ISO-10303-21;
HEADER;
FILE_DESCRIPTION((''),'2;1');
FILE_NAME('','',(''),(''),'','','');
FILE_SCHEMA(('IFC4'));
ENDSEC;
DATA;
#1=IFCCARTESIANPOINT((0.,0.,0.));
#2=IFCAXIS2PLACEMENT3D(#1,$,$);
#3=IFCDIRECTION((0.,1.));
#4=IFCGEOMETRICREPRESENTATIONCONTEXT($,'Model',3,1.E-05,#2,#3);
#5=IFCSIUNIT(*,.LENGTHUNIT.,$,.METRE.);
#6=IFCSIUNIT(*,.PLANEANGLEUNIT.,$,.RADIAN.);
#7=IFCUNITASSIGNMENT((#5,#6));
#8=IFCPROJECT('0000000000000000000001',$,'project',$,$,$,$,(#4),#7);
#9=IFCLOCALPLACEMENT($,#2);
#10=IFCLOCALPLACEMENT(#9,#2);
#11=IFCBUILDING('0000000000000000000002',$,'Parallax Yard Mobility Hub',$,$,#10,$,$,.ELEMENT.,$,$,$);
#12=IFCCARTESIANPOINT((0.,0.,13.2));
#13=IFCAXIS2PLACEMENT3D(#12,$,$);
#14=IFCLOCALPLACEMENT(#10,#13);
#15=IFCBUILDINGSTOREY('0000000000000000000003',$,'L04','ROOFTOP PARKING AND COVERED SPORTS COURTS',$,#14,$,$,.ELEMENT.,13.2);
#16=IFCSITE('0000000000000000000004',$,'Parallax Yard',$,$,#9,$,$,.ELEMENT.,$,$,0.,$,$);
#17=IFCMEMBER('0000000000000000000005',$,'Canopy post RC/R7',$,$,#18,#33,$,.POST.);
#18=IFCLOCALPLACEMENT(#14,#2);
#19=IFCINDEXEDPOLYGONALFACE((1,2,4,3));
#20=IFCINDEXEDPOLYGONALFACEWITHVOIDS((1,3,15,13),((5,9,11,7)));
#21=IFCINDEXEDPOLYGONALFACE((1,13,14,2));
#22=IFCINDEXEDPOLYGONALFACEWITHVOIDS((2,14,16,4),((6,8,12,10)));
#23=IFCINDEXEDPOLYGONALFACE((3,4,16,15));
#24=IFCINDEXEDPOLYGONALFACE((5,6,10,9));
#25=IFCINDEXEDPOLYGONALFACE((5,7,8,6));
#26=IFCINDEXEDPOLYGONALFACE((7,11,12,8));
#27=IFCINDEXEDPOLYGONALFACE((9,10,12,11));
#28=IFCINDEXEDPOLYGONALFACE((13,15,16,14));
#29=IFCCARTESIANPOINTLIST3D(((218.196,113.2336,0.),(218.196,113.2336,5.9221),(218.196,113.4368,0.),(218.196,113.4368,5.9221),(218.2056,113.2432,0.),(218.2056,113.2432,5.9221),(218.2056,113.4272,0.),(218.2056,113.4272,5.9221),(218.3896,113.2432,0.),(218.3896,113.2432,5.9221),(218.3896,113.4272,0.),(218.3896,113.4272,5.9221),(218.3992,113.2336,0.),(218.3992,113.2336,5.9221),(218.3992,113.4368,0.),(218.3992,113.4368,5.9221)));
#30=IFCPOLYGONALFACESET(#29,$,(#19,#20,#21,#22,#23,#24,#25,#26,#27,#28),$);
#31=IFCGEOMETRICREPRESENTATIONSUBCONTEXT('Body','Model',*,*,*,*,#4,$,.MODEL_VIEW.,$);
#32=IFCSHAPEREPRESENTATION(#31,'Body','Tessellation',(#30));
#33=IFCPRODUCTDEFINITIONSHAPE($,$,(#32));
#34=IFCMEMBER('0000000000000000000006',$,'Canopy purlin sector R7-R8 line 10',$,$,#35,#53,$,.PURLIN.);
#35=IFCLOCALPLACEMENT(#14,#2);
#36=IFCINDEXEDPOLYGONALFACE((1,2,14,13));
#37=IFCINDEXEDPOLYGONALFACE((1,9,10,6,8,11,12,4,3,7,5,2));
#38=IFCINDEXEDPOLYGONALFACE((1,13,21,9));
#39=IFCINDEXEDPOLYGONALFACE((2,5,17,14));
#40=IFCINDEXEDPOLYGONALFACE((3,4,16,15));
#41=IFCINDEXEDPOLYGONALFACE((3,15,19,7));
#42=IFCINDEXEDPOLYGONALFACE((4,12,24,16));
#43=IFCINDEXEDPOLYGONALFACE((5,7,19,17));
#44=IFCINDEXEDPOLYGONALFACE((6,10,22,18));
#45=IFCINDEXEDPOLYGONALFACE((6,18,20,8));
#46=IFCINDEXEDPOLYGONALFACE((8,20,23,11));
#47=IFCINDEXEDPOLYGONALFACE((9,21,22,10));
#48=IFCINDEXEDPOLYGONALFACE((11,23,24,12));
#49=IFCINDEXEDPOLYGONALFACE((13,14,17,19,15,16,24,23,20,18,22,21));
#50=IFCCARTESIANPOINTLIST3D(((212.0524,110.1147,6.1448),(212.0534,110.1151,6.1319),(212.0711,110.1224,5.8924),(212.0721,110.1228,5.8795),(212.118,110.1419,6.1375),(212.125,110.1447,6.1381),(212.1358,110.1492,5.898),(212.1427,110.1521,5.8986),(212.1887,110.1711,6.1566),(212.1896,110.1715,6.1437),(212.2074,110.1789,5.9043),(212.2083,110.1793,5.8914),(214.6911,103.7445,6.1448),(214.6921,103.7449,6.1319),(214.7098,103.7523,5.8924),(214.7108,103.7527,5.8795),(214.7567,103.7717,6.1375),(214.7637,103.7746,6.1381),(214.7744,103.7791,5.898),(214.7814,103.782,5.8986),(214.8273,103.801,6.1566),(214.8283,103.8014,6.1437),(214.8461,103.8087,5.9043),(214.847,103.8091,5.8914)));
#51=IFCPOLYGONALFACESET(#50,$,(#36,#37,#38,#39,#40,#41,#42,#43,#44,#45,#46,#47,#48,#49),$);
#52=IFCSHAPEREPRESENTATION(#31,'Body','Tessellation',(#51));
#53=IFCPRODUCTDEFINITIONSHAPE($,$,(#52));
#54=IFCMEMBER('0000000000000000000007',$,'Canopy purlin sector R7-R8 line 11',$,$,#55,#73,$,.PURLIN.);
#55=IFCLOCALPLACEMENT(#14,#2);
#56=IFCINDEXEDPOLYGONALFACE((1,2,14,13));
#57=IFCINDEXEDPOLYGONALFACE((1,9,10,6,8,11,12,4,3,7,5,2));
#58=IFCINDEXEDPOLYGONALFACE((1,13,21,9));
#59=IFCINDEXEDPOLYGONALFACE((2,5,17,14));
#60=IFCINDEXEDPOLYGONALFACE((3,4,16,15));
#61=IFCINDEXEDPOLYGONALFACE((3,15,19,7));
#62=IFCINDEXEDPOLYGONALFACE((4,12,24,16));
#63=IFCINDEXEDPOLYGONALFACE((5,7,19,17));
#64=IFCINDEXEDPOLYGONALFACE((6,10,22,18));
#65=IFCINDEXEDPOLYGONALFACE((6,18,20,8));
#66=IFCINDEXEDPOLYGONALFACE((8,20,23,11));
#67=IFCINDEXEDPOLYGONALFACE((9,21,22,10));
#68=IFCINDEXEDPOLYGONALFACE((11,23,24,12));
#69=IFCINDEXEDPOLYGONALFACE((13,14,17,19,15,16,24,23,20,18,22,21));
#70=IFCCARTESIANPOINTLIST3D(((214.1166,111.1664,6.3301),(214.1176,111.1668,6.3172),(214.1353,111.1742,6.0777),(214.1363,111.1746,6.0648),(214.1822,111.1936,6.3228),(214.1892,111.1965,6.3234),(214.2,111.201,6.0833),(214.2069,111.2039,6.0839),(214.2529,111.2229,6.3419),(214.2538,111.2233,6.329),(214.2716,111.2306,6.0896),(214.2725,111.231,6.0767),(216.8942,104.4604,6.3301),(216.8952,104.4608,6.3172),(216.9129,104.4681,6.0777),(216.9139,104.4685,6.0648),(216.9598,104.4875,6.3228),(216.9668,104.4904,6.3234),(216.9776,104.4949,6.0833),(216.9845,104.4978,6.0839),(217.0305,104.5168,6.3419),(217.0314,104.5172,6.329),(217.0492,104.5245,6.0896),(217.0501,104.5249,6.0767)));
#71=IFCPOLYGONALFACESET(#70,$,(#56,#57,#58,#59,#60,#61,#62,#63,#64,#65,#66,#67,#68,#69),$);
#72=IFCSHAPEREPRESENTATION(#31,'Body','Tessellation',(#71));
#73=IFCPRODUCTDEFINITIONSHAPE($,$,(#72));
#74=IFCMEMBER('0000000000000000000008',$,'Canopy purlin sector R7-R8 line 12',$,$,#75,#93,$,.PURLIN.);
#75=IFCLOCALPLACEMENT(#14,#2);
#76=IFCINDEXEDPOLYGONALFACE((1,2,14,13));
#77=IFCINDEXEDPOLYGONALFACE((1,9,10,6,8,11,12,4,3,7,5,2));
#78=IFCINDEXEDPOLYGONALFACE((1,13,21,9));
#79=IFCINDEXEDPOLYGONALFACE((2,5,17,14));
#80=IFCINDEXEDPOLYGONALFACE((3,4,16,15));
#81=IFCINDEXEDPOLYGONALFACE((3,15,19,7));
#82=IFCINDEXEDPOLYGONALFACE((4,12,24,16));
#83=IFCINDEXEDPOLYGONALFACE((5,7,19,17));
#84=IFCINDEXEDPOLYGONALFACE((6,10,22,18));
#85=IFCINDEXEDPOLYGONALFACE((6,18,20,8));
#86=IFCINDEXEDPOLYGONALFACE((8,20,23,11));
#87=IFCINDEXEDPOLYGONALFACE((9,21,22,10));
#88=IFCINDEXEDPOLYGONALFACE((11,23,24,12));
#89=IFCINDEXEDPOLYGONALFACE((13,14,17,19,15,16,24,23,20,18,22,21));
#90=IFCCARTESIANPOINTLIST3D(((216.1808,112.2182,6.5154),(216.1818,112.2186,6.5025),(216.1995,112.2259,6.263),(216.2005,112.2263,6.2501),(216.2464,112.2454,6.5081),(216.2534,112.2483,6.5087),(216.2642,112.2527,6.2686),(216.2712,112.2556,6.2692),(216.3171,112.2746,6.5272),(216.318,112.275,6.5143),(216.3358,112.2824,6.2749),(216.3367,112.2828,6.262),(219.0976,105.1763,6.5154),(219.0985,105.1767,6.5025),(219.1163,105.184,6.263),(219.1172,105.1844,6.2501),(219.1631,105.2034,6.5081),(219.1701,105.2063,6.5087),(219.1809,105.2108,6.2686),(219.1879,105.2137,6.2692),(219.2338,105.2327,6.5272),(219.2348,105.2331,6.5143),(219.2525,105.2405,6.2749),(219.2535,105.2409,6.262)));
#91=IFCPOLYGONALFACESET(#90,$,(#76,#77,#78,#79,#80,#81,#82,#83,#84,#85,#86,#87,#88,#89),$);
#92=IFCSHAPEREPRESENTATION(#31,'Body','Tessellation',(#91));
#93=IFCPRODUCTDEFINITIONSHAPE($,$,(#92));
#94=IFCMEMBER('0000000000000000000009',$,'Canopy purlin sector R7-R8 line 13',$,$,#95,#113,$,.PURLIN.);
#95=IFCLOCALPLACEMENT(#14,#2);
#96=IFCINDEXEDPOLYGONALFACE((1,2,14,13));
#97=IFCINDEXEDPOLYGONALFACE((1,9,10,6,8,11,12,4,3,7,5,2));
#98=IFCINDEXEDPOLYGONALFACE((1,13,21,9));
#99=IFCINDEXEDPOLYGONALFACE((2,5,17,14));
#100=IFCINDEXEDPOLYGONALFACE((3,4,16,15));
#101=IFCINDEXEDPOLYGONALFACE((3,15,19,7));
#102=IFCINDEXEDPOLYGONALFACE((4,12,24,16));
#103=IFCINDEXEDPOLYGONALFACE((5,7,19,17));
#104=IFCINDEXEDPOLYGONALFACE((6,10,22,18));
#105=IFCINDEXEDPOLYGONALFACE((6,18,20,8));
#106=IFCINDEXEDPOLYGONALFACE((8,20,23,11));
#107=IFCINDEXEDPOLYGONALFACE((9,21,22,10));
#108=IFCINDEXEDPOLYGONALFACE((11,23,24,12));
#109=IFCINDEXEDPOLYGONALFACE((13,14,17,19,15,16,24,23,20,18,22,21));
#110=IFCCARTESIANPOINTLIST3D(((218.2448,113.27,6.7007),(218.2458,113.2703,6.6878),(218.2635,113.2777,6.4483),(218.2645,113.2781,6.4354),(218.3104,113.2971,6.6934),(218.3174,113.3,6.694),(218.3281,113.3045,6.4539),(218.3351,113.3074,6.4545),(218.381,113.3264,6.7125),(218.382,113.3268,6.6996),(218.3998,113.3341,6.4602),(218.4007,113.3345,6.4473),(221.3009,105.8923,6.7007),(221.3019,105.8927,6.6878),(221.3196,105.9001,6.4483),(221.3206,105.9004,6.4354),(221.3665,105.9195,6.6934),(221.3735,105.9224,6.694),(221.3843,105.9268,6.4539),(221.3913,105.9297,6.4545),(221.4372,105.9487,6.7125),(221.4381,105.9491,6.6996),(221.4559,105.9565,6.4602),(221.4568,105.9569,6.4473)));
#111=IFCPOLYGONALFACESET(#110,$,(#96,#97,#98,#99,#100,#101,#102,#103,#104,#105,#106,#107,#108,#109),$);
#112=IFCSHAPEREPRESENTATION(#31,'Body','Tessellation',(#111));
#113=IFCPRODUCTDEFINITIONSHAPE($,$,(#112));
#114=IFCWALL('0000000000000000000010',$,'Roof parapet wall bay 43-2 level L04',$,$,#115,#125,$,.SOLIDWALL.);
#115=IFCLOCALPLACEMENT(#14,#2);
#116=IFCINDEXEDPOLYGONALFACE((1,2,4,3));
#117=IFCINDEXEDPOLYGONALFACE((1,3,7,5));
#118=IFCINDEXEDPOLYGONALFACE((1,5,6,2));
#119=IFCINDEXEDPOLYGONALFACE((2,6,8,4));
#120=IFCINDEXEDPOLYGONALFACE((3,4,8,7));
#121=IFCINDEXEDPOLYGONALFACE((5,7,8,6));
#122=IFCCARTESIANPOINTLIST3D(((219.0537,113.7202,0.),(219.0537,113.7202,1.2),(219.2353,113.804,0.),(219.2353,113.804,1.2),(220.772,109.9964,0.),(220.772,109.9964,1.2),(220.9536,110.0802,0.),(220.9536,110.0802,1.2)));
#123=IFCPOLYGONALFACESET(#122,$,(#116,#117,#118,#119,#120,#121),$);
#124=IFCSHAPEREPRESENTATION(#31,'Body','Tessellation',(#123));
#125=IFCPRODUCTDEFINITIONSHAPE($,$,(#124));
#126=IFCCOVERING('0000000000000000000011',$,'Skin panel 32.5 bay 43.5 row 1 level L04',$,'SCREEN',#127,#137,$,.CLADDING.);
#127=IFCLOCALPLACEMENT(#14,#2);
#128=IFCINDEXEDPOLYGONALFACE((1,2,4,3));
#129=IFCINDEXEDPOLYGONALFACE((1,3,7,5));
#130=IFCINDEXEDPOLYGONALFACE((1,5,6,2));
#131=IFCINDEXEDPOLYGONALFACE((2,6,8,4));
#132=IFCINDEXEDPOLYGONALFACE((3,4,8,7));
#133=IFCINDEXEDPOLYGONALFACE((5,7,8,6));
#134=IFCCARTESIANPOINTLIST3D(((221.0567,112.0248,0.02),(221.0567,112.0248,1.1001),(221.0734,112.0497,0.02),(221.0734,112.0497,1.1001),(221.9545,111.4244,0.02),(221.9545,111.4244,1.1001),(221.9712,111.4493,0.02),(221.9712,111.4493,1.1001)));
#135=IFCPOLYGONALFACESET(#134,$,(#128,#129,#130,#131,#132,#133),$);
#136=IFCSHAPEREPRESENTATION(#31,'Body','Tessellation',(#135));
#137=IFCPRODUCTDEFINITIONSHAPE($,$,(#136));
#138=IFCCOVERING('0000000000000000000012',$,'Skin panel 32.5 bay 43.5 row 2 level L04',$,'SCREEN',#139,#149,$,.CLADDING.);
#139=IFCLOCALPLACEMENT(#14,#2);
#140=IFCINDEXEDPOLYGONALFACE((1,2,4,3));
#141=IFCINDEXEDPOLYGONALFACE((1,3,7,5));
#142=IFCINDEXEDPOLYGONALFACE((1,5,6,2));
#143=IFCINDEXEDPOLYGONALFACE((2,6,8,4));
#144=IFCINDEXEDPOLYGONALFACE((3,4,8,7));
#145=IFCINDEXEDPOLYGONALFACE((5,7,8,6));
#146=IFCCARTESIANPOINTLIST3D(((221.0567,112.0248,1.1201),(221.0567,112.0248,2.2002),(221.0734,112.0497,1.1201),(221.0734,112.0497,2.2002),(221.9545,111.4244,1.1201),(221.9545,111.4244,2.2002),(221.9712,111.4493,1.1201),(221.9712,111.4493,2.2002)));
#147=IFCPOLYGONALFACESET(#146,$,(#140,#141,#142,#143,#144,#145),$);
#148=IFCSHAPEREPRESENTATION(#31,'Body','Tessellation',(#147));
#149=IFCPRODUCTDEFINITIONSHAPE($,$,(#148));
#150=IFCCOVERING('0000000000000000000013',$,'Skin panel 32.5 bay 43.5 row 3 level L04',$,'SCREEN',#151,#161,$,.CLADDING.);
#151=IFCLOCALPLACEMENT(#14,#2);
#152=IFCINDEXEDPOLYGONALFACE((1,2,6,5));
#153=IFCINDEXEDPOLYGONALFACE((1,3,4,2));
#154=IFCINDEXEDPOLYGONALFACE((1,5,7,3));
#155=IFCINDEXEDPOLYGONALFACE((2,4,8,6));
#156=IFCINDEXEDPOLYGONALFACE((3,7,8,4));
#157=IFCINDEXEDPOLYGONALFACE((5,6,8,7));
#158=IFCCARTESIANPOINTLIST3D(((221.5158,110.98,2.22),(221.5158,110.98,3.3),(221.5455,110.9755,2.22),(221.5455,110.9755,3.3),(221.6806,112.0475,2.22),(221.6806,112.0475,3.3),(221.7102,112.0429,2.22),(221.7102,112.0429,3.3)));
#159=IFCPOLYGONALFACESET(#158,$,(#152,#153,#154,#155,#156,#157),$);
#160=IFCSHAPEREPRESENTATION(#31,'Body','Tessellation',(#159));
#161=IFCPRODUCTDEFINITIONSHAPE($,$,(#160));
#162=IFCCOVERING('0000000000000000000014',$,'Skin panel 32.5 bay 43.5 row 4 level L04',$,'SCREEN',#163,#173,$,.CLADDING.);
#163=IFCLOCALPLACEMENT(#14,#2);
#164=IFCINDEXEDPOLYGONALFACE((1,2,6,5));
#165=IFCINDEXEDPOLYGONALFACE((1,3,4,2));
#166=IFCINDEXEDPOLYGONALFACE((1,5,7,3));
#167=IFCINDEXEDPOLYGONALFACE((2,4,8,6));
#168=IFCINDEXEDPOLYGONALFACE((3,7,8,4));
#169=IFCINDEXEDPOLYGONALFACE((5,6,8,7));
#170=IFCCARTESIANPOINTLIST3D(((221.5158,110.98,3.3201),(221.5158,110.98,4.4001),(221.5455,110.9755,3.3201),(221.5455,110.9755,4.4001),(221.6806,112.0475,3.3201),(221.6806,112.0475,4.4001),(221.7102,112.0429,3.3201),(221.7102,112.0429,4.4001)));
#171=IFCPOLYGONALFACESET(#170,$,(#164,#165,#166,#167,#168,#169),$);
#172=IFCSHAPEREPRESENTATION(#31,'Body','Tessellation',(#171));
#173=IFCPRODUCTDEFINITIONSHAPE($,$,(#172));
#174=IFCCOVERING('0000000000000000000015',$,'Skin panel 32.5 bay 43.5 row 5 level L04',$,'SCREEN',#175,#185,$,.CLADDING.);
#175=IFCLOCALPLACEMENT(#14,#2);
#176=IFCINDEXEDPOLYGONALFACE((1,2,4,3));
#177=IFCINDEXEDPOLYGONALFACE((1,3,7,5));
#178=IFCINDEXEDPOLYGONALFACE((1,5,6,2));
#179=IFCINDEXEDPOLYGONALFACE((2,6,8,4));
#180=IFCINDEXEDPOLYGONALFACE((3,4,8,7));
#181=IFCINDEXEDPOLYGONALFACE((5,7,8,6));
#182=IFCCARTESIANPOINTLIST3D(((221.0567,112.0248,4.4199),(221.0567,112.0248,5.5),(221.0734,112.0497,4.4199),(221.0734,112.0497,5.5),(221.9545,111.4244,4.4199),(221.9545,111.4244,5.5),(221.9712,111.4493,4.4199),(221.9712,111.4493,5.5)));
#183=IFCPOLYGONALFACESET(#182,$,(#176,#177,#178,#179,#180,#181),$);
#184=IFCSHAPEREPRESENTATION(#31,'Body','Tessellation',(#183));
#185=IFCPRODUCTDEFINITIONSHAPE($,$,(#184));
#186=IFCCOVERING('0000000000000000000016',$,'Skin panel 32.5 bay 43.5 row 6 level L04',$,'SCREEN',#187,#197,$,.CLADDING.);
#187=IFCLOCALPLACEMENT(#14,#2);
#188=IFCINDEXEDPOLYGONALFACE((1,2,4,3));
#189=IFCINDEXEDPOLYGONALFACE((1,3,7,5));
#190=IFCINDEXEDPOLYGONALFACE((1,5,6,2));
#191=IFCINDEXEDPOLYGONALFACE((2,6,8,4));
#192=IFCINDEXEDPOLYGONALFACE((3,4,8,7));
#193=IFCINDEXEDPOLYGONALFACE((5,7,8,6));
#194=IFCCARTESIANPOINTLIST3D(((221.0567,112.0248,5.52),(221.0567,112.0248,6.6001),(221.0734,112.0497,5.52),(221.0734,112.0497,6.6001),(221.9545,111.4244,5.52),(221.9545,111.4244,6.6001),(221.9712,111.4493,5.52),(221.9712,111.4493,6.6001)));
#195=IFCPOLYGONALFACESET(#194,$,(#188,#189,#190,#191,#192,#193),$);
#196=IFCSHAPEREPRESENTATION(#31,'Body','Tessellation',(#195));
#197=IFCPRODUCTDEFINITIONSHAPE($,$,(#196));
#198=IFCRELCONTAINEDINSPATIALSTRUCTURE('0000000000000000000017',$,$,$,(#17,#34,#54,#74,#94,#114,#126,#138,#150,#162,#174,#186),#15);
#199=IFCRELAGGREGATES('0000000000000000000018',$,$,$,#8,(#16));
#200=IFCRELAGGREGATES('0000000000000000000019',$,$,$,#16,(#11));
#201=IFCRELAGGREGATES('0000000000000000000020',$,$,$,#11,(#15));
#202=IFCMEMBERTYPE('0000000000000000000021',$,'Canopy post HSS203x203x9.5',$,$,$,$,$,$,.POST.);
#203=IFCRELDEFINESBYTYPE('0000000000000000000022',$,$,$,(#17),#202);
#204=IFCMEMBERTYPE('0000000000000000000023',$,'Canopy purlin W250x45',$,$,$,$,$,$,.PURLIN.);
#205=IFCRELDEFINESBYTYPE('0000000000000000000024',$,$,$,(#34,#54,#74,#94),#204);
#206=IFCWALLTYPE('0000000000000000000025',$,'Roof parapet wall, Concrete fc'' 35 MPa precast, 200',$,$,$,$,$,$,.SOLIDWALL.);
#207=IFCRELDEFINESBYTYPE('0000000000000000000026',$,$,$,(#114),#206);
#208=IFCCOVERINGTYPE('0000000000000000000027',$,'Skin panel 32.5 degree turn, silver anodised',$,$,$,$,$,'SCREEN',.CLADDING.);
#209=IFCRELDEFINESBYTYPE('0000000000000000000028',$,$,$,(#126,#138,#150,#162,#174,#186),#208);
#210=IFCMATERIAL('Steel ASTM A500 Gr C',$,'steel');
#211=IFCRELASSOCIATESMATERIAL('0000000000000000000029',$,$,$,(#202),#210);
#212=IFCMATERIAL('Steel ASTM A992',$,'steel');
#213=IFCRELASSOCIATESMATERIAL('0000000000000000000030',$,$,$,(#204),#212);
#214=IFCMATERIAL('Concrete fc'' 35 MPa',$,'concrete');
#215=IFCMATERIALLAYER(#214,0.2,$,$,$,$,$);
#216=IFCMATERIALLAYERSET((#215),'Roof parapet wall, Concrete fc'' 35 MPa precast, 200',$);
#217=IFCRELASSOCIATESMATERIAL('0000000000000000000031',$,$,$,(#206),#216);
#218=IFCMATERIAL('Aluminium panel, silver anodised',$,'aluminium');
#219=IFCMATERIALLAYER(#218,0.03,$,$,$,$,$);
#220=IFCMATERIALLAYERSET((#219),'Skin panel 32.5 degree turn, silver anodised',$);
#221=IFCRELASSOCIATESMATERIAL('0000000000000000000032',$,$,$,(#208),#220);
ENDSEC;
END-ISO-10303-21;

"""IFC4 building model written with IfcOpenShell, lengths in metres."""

from ifc_helpers import new_model, si_unit, direction, frame, frame_2d, origin, origin_2d, place, context, subcontext, project, spatial, rectangle, hollow_rectangle, i_section, extrude, material, layer, layer_set, material_profile, profile_set, type_object, element, save


model = new_model("IFC4")

# Units and contexts
model_context = context("Model", 3, precision=1e-05, world=origin(), true_north=direction((0.0, 1.0)))
body_context = subcontext(model_context, "Body", "Model", "MODEL_VIEW")
ifc_project = project(units=[si_unit("LENGTHUNIT", "METRE"), si_unit("PLANEANGLEUNIT", "RADIAN")], contexts=[model_context])

# Site, building, storey
site_placement = place(None, origin())
site = spatial("IfcSite", under=ifc_project, at=site_placement, Name="Parallax Yard", CompositionType="ELEMENT", RefElevation=0.0)
building_placement = place(site_placement, origin())
building = spatial("IfcBuilding", under=site, at=building_placement, Name="Parallax Yard Mobility Hub", CompositionType="ELEMENT")
storey_placement = place(building_placement, frame((0.0, 0.0, 13.2)))
storey = spatial("IfcBuildingStorey", under=building, at=storey_placement, Name="L04", Description="ROOFTOP PARKING AND COVERED SPORTS COURTS", CompositionType="ELEMENT", Elevation=13.2)

# Members
ifc_material_1 = material(Name="Steel ASTM A500 Gr C", Category="steel")
ifc_material_profile_1 = material_profile(ifc_material_1, hollow_rectangle(XDim=0.2031, YDim=0.2031, WallThickness=0.0095, at=origin_2d()), Name="HSS203x203x9.5")
ifc_profile_set_1 = profile_set([ifc_material_profile_1], Name="Steel ASTM A500 Gr C")
member_type_1 = type_object("IfcMemberType", Name="Canopy post HSS203x203x9.5", PredefinedType="POST", material=ifc_profile_set_1)
member_1_placement = place(storey_placement, frame((218.2976, 113.3352, 0.0), z_axis=(0.0, 0.0, 1.0), x_axis=(1.0, 0.0, 0.0)))
element("IfcMember", 1, at=member_1_placement, inside=storey, type_object=member_type_1, Name="Canopy post RC/R7", PredefinedType="POST", context=body_context, shape_type="SweptSolid", body=[
    extrude(hollow_rectangle(XDim=0.2031, YDim=0.2031, WallThickness=0.0095, at=origin_2d()), origin(), (0.0, 0.0, 1.0), 5.9221),
])
ifc_material_2 = material(Name="Steel ASTM A992", Category="steel")
ifc_material_profile_2 = material_profile(ifc_material_2, i_section(OverallWidth=0.1479, OverallDepth=0.2661, WebThickness=0.0076, FlangeThickness=0.0129, at=origin_2d()), Name="W250x45")
ifc_profile_set_2 = profile_set([ifc_material_profile_2], Name="Steel ASTM A992")
member_type_2 = type_object("IfcMemberType", Name="Canopy purlin W250x45", PredefinedType="PURLIN", material=ifc_profile_set_2)
member_2_placement = place(storey_placement, frame((212.1304, 110.147, 6.0181), z_axis=(0.382694, -0.923875, 0.0), x_axis=(0.920915, 0.381467, 0.07999)))
element("IfcMember", 2, at=member_2_placement, inside=storey, type_object=member_type_2, Name="Canopy purlin sector R7-R8 line 10", PredefinedType="PURLIN", context=body_context, shape_type="SweptSolid", body=[
    extrude(i_section(OverallWidth=0.1479, OverallDepth=0.2661, WebThickness=0.0076, FlangeThickness=0.0129, at=origin_2d()), origin(), (0.0, 0.0, 1.0), 6.895),
])
member_3_placement = place(storey_placement, frame((214.1946, 111.1987, 6.2034), z_axis=(0.382666, -0.923887, 0.0), x_axis=(0.920926, 0.381439, 0.07999)))
element("IfcMember", 3, at=member_3_placement, inside=storey, type_object=member_type_2, Name="Canopy purlin sector R7-R8 line 11", PredefinedType="PURLIN", context=body_context, shape_type="SweptSolid", body=[
    extrude(i_section(OverallWidth=0.1479, OverallDepth=0.2661, WebThickness=0.0076, FlangeThickness=0.0129, at=origin_2d()), origin(), (0.0, 0.0, 1.0), 7.2585),
])
member_4_placement = place(storey_placement, frame((216.2588, 112.2505, 6.3887), z_axis=(0.382668, -0.923886, 0.0), x_axis=(0.920926, 0.381441, 0.07999)))
element("IfcMember", 4, at=member_4_placement, inside=storey, type_object=member_type_2, Name="Canopy purlin sector R7-R8 line 12", PredefinedType="PURLIN", context=body_context, shape_type="SweptSolid", body=[
    extrude(i_section(OverallWidth=0.1479, OverallDepth=0.2661, WebThickness=0.0076, FlangeThickness=0.0129, at=origin_2d()), origin(), (0.0, 0.0, 1.0), 7.6221),
])
member_5_placement = place(storey_placement, frame((218.3228, 113.3022, 6.574), z_axis=(0.382706, -0.92387, 0.0), x_axis=(0.92091, 0.38148, 0.07999)))
element("IfcMember", 5, at=member_5_placement, inside=storey, type_object=member_type_2, Name="Canopy purlin sector R7-R8 line 13", PredefinedType="PURLIN", context=body_context, shape_type="SweptSolid", body=[
    extrude(i_section(OverallWidth=0.1479, OverallDepth=0.2661, WebThickness=0.0076, FlangeThickness=0.0129, at=origin_2d()), origin(), (0.0, 0.0, 1.0), 7.9856),
])

# Wall
ifc_material_3 = material(Name="Concrete fc' 35 MPa", Category="concrete")
ifc_layer_1 = layer(ifc_material_3, 0.2)
ifc_layer_set_1 = layer_set([ifc_layer_1], Name="Roof parapet wall, Concrete fc' 35 MPa precast, 200")
wall_type = type_object("IfcWallType", Name="Roof parapet wall, Concrete fc' 35 MPa precast, 200", PredefinedType="SOLIDWALL", material=ifc_layer_set_1)
wall_placement = place(storey_placement, frame((220.8628, 110.0383, 0.0), z_axis=(0.0, 0.0, 1.0), x_axis=(-0.41899, 0.907991, 0.0)))
element("IfcWall", 6, at=wall_placement, inside=storey, type_object=wall_type, Name="Roof parapet wall bay 43-2 level L04", PredefinedType="SOLIDWALL", context=body_context, shape_type="SweptSolid", body=[
    extrude(rectangle(XDim=4.1011, YDim=0.2, at=frame_2d((2.0505, 0.0))), origin(), (0.0, 0.0, 1.0), 1.2),
])

# Coverings
ifc_material_4 = material(Name="Aluminium panel, silver anodised", Category="aluminium")
ifc_layer_2 = layer(ifc_material_4, 0.03)
ifc_layer_set_2 = layer_set([ifc_layer_2], Name="Skin panel 32.5 degree turn, silver anodised")
covering_type_1 = type_object("IfcCoveringType", Name="Skin panel 32.5 degree turn, silver anodised", ElementType="SCREEN", PredefinedType="CLADDING", material=ifc_layer_set_2)
for number, where, z_axis, x_axis, name in (
    (7, (221.5139, 111.7371, 0.02), (0.0, 0.0, 1.0), (0.831249, -0.5559, 0.0), "Skin panel 32.5 bay 43.5 row 1 level L04"),
    (8, (221.5139, 111.7371, 1.1201), (0.0, 0.0, 1.0), (0.831249, -0.5559, 0.0), "Skin panel 32.5 bay 43.5 row 2 level L04"),
    (9, (221.613, 111.5115, 2.22), (0.0, 0.0, 1.0), (0.152515, 0.988301, 0.0), "Skin panel 32.5 bay 43.5 row 3 level L04"),
    (10, (221.613, 111.5115, 3.3201), (0.0, 0.0, 1.0), (0.152515, 0.988301, 0.0), "Skin panel 32.5 bay 43.5 row 4 level L04"),
    (11, (221.5139, 111.7371, 4.4199), (0.0, 0.0, 1.0), (0.831249, -0.5559, 0.0), "Skin panel 32.5 bay 43.5 row 5 level L04"),
    (12, (221.5139, 111.7371, 5.52), (0.0, 0.0, 1.0), (0.831249, -0.5559, 0.0), "Skin panel 32.5 bay 43.5 row 6 level L04"),
):
    element("IfcCovering", number, at=place(storey_placement, frame(where, z_axis=z_axis, x_axis=x_axis)), inside=storey, type_object=covering_type_1, Name=name, ObjectType="SCREEN", PredefinedType="CLADDING", context=body_context, shape_type="SweptSolid", body=[
        extrude(rectangle(XDim=1.0801, YDim=0.03, at=origin_2d()), origin(), (0.0, 0.0, 1.0), 1.0801),
    ])

save(model, "model.ifc")
